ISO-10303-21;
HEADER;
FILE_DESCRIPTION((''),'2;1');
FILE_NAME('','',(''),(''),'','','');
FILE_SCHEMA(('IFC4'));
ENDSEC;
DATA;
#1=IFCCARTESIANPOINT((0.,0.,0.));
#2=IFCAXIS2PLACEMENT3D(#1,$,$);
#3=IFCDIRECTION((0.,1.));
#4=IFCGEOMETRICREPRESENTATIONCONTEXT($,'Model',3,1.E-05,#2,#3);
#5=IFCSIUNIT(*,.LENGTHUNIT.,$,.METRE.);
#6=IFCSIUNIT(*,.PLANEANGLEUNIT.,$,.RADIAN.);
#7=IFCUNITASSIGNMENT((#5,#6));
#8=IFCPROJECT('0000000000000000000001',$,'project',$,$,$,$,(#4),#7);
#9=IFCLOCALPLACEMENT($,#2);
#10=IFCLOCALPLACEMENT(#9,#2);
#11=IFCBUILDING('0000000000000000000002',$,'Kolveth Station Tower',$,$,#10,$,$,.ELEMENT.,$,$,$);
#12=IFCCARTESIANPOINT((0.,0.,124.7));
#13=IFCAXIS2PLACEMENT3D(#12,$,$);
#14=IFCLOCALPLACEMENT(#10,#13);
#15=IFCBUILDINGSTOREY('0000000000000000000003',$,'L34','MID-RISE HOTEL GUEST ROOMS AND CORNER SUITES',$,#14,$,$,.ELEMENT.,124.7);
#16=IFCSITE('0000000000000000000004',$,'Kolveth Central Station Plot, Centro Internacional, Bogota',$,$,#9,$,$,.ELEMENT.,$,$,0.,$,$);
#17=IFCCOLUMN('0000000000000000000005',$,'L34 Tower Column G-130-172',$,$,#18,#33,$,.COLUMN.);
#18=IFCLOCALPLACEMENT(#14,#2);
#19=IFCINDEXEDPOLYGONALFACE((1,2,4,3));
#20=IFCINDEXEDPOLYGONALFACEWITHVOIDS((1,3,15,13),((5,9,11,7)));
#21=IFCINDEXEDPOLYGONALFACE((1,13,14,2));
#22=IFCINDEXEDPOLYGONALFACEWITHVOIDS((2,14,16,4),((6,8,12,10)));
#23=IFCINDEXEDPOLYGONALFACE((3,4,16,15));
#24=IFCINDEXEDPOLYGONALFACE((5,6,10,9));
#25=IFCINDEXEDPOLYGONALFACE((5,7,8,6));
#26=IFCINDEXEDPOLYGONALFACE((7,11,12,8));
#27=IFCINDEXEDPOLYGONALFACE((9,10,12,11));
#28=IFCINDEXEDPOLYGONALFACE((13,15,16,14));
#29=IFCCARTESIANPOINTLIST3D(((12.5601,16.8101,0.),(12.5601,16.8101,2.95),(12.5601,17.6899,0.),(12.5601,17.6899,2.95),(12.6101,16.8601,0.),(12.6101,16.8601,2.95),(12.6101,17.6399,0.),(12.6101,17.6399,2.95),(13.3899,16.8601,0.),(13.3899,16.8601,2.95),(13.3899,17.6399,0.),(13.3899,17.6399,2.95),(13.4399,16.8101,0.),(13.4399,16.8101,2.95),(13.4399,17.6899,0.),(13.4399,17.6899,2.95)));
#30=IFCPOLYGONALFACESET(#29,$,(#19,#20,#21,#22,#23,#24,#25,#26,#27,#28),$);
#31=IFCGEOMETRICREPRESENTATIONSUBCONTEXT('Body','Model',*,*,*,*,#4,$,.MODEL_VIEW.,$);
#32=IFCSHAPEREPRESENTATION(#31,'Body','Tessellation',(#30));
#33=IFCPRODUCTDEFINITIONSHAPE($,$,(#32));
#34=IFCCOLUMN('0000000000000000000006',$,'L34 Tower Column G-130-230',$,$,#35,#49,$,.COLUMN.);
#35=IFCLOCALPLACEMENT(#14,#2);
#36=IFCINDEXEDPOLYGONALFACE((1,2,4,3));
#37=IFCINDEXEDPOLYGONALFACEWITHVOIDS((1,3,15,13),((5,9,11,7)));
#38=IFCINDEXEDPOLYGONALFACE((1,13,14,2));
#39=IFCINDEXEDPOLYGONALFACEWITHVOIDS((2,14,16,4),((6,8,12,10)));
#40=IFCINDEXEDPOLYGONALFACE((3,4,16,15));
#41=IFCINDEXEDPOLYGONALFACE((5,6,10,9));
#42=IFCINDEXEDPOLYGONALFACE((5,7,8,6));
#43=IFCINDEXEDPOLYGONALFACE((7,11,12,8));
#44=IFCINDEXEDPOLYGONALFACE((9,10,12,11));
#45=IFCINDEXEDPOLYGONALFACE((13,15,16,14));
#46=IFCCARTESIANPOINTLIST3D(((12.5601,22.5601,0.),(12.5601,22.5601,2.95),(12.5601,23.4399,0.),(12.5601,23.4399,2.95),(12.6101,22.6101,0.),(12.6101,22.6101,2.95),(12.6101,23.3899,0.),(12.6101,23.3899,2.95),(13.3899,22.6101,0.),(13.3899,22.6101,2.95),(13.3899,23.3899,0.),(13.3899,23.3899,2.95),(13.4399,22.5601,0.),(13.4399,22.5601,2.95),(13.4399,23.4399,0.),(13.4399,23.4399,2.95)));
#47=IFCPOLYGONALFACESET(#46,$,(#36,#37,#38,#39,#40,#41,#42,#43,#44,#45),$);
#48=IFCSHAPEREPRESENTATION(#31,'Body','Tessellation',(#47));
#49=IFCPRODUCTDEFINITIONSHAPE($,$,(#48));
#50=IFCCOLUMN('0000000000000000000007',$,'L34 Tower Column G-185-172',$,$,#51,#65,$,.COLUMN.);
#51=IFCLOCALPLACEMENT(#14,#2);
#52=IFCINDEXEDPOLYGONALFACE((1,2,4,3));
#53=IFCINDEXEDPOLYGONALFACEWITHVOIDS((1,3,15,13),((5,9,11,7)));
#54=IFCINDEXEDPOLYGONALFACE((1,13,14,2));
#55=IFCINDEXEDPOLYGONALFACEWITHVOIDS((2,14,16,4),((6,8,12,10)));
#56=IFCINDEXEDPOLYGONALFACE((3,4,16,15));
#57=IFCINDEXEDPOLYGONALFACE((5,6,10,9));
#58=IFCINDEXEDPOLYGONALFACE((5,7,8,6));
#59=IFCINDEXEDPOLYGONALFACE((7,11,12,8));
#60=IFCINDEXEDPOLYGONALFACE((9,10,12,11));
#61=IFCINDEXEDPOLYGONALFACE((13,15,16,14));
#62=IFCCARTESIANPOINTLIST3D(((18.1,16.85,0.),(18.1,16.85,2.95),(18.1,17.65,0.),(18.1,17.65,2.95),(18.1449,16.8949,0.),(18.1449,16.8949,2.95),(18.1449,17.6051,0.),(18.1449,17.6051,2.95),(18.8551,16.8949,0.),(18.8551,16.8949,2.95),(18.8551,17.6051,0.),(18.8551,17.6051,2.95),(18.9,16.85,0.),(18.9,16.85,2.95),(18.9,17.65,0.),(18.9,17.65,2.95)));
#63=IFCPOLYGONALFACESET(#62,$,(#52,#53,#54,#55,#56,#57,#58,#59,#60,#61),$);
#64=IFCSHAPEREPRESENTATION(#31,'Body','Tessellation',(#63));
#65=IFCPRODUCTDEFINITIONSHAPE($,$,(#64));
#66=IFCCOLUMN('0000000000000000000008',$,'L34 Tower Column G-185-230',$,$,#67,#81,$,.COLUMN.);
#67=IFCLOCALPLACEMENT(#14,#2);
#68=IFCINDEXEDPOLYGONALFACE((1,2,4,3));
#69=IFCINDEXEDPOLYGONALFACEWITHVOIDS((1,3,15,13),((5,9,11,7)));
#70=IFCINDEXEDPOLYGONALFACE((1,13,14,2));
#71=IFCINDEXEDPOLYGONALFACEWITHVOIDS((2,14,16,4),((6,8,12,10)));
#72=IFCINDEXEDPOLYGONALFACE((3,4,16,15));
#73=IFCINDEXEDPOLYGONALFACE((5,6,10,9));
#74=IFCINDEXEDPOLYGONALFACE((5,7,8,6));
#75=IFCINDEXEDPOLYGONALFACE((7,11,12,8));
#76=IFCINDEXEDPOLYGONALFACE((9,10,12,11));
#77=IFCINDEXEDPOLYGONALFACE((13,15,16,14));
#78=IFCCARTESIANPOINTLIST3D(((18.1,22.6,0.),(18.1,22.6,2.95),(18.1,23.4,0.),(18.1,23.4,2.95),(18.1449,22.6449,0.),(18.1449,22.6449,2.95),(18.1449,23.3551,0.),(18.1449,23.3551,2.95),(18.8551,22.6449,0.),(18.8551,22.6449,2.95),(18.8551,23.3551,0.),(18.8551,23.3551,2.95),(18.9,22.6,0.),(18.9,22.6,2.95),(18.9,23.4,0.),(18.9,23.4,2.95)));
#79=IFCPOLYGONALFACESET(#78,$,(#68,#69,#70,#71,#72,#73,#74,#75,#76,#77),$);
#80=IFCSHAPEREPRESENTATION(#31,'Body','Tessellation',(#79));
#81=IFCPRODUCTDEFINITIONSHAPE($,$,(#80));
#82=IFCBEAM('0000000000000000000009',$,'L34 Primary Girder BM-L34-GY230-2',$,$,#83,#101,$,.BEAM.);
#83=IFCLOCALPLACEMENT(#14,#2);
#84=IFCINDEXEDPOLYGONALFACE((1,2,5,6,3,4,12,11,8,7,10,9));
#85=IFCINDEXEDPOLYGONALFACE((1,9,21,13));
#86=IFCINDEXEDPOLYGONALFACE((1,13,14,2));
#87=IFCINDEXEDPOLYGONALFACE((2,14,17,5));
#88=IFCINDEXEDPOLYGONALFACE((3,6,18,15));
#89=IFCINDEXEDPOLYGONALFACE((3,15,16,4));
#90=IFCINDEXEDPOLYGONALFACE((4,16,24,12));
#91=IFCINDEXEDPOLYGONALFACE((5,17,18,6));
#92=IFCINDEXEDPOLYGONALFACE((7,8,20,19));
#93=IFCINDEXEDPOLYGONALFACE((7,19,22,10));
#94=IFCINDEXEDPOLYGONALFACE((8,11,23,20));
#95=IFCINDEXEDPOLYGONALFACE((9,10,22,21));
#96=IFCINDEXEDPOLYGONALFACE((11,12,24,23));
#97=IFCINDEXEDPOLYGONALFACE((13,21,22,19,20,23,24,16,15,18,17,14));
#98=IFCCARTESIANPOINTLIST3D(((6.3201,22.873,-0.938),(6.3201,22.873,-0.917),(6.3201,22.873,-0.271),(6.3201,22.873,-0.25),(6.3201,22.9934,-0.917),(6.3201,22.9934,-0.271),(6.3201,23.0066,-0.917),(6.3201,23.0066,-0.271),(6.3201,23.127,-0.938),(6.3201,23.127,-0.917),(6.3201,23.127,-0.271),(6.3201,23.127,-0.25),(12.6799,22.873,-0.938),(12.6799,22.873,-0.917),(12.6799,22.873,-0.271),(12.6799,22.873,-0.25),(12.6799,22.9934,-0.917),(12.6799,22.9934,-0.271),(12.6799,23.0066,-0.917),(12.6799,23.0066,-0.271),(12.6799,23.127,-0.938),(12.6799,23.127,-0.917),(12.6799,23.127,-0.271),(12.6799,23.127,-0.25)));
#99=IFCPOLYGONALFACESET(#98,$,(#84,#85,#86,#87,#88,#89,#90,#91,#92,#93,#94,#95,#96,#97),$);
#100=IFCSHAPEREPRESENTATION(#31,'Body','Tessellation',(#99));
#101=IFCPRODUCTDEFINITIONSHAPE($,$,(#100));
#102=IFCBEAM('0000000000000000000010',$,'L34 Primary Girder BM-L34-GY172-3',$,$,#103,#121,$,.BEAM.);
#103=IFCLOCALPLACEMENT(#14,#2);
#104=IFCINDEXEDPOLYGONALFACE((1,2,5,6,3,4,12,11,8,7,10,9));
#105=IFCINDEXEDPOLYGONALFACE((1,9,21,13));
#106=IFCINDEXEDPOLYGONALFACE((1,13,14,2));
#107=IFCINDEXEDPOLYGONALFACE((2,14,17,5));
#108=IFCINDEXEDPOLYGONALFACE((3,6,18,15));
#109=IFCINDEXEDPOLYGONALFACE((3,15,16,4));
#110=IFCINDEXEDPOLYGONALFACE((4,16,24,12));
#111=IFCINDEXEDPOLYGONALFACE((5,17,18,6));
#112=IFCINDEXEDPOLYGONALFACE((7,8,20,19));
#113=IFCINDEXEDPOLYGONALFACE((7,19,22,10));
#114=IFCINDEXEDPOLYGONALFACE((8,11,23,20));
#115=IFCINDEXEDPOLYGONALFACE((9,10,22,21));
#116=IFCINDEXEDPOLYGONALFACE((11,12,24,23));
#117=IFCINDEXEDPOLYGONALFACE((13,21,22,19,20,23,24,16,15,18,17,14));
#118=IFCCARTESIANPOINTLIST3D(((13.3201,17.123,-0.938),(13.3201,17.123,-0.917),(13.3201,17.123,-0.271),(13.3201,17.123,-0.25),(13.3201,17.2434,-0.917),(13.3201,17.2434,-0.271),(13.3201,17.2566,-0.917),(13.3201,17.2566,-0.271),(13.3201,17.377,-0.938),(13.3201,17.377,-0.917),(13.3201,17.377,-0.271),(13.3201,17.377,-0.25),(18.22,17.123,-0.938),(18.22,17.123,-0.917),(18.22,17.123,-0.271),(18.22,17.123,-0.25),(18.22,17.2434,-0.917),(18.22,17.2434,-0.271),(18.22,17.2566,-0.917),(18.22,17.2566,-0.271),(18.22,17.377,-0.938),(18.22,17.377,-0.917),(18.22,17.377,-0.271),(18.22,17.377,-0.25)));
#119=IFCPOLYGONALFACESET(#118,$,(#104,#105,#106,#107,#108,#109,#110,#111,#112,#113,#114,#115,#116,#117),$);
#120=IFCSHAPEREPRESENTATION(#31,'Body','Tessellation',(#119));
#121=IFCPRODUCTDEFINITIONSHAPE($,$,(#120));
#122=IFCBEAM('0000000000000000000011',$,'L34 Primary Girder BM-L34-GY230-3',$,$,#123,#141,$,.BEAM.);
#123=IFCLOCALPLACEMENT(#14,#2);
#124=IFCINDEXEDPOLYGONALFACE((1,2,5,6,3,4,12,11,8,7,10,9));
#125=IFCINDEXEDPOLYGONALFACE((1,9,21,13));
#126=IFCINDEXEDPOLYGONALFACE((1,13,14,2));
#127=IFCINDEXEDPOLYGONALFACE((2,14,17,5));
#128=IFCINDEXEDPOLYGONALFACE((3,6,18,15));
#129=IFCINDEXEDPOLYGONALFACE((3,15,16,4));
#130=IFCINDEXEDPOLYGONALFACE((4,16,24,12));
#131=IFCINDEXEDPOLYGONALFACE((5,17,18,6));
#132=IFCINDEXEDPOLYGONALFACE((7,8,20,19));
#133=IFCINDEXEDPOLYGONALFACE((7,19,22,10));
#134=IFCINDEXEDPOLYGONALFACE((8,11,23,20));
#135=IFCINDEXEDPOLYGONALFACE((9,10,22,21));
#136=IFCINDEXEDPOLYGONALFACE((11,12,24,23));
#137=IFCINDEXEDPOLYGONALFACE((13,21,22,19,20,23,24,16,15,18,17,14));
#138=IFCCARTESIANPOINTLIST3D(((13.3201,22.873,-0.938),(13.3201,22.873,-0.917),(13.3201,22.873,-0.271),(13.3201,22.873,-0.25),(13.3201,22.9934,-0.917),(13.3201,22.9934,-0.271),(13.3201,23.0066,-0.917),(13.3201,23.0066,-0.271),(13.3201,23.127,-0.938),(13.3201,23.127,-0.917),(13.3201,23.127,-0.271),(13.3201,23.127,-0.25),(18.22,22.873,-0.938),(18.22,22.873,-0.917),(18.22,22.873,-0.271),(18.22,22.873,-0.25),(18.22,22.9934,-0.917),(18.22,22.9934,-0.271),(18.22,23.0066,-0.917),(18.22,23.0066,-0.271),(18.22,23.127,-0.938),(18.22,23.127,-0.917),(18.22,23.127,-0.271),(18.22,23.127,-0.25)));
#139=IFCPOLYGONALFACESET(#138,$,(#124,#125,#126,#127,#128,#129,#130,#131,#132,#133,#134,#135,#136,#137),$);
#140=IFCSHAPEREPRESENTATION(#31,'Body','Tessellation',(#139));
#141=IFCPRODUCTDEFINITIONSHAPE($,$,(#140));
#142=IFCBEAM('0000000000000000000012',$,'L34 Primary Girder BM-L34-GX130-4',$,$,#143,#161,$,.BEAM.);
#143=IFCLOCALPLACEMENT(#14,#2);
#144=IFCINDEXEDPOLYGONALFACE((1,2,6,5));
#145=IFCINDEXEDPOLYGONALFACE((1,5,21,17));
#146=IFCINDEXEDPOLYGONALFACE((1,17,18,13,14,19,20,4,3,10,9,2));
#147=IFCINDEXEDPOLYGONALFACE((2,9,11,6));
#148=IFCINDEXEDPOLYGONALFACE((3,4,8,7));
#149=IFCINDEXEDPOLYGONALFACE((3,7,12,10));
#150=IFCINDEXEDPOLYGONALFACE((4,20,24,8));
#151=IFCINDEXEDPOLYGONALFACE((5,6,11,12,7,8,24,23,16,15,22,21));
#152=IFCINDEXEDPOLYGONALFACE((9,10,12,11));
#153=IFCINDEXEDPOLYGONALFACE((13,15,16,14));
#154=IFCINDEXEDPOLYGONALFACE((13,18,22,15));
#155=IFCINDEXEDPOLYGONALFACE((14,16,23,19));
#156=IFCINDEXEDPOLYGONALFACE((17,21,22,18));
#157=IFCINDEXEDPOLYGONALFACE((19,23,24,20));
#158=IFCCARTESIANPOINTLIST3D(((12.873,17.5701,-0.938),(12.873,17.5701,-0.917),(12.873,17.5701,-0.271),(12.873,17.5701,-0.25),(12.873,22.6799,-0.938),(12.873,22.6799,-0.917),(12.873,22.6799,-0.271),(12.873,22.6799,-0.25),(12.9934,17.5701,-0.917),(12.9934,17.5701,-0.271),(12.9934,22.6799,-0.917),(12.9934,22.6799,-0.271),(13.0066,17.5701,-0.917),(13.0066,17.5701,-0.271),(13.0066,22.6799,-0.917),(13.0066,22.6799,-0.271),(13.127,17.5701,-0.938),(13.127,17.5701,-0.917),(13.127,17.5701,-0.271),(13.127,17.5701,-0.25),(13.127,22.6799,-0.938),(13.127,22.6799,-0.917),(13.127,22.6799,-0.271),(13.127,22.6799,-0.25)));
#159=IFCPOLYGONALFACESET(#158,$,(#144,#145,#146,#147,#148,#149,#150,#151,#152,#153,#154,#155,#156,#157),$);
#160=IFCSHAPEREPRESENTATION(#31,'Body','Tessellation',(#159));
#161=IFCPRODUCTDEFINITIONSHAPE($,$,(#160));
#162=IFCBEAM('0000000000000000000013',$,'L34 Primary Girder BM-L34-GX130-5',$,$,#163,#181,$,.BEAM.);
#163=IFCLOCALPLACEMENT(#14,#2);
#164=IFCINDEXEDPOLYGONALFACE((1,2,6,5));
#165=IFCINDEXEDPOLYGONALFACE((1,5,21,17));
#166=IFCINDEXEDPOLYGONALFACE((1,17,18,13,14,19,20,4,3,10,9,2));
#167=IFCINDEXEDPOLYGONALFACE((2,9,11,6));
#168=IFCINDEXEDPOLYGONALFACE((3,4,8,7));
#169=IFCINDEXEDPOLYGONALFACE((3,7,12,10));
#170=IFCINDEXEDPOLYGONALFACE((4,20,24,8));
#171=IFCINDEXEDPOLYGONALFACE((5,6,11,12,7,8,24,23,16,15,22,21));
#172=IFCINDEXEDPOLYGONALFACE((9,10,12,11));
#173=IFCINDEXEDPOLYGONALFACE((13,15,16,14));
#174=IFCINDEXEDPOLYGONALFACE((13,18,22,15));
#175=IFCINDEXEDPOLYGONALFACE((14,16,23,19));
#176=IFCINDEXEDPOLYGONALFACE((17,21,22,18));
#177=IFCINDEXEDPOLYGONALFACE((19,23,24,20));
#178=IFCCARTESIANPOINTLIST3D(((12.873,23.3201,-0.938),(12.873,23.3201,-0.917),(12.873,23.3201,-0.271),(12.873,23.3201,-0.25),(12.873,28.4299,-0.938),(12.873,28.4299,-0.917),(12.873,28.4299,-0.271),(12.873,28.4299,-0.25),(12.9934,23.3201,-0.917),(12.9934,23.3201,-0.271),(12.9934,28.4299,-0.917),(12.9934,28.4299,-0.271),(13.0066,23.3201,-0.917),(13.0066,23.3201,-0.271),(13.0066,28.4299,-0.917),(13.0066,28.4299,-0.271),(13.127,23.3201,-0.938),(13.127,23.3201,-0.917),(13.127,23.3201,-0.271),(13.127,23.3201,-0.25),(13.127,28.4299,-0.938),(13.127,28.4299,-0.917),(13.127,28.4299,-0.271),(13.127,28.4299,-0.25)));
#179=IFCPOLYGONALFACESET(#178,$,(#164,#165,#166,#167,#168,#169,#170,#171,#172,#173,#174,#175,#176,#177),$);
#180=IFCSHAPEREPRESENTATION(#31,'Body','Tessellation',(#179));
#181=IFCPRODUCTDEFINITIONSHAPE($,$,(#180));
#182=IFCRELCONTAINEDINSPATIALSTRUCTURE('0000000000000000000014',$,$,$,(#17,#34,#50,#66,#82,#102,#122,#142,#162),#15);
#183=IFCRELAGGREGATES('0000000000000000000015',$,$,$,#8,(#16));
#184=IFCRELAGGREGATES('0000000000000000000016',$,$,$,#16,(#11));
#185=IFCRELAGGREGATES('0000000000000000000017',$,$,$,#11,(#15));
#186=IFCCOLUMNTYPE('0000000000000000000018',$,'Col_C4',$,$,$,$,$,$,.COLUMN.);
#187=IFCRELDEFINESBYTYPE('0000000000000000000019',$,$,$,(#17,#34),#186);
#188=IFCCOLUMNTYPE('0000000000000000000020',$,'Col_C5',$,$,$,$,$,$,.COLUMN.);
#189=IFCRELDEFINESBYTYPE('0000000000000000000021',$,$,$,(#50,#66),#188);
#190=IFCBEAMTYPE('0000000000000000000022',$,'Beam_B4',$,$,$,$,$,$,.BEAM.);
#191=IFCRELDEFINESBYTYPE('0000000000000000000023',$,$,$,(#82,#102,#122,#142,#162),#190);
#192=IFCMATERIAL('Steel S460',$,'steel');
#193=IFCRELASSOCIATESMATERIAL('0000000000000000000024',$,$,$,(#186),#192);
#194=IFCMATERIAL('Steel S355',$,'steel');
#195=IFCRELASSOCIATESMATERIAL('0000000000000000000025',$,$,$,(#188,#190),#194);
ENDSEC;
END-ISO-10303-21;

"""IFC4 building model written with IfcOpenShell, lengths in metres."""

from ifc_helpers import new_model, si_unit, direction, frame, origin, origin_2d, place, context, subcontext, project, spatial, hollow_rectangle, i_section, extrude, source, transform, mapped, material, material_profile, profile_set, type_object, element, save


model = new_model("IFC4")

# Units and contexts
model_context = context("Model", 3, precision=1e-05, world=origin(), true_north=direction((0.0, 1.0)))
body_context = subcontext(model_context, "Body", "Model", "MODEL_VIEW")
ifc_project = project(units=[si_unit("LENGTHUNIT", "METRE"), si_unit("PLANEANGLEUNIT", "RADIAN")], contexts=[model_context])

# Site, building, storey
site_placement = place(None, origin())
site = spatial("IfcSite", under=ifc_project, at=site_placement, Name="Kolveth Central Station Plot, Centro Internacional, Bogota", CompositionType="ELEMENT", RefElevation=0.0)
building_placement = place(site_placement, origin())
building = spatial("IfcBuilding", under=site, at=building_placement, Name="Kolveth Station Tower", CompositionType="ELEMENT")
storey_placement = place(building_placement, frame((0.0, 0.0, 124.7)))
storey = spatial("IfcBuildingStorey", under=building, at=storey_placement, Name="L34", Description="MID-RISE HOTEL GUEST ROOMS AND CORNER SUITES", CompositionType="ELEMENT", Elevation=124.7)

# Columns
ifc_material_1 = material(Name="Steel S460", Category="steel")
ifc_material_profile_1 = material_profile(ifc_material_1, hollow_rectangle(XDim=0.8799, YDim=0.8799, WallThickness=0.05, at=origin_2d()), Name="BOX880x880x50")
ifc_profile_set_1 = profile_set([ifc_material_profile_1], Name="Steel S460")
column_type_1 = type_object("IfcColumnType", Name="Col_C4", PredefinedType="COLUMN", material=ifc_profile_set_1)
shared_shape_1 = source(origin(), body_context, "Body", "SweptSolid", [
    extrude(hollow_rectangle(XDim=0.8799, YDim=0.8799, WallThickness=0.05, at=origin_2d()), origin(), (0.0, 0.0, 1.0), 2.95),
])
for number, where, z_axis, x_axis, name in (
    (1, (13.0, 17.25, 0.0), (0.0, 0.0, 1.0), (1.0, 0.0, 0.0), "L34 Tower Column G-130-172"),
    (2, (13.0, 23.0, 0.0), (0.0, 0.0, 1.0), (1.0, 0.0, 0.0), "L34 Tower Column G-130-230"),
):
    element("IfcColumn", number, at=place(storey_placement, frame(where, z_axis=z_axis, x_axis=x_axis)), inside=storey, type_object=column_type_1, Name=name, PredefinedType="COLUMN", context=body_context, shape_type="MappedRepresentation", body=[
        mapped(shared_shape_1, transform((0.0, 0.0, 0.0), x_axis=(1.0, 0.0, 0.0), y_axis=(0.0, 1.0, 0.0), z_axis=(0.0, 0.0, 1.0), scale=1.0)),
    ])
ifc_material_2 = material(Name="Steel S355", Category="steel")
ifc_material_profile_2 = material_profile(ifc_material_2, hollow_rectangle(XDim=0.8, YDim=0.8, WallThickness=0.0449, at=origin_2d()), Name="BOX800x800x45")
ifc_profile_set_2 = profile_set([ifc_material_profile_2], Name="Steel S355")
column_type_2 = type_object("IfcColumnType", Name="Col_C5", PredefinedType="COLUMN", material=ifc_profile_set_2)
shared_shape_2 = source(origin(), body_context, "Body", "SweptSolid", [
    extrude(hollow_rectangle(XDim=0.8, YDim=0.8, WallThickness=0.0449, at=origin_2d()), origin(), (0.0, 0.0, 1.0), 2.95),
])
for number, where, z_axis, x_axis, name in (
    (3, (18.5, 17.25, 0.0), (0.0, 0.0, 1.0), (1.0, 0.0, 0.0), "L34 Tower Column G-185-172"),
    (4, (18.5, 23.0, 0.0), (0.0, 0.0, 1.0), (1.0, 0.0, 0.0), "L34 Tower Column G-185-230"),
):
    element("IfcColumn", number, at=place(storey_placement, frame(where, z_axis=z_axis, x_axis=x_axis)), inside=storey, type_object=column_type_2, Name=name, PredefinedType="COLUMN", context=body_context, shape_type="MappedRepresentation", body=[
        mapped(shared_shape_2, transform((0.0, 0.0, 0.0), x_axis=(1.0, 0.0, 0.0), y_axis=(0.0, 1.0, 0.0), z_axis=(0.0, 0.0, 1.0), scale=1.0)),
    ])

# Beams
ifc_material_profile_3 = material_profile(ifc_material_2, i_section(OverallWidth=0.2539, OverallDepth=0.688, WebThickness=0.0132, FlangeThickness=0.021, at=origin_2d()), Name="W690x152")
ifc_profile_set_3 = profile_set([ifc_material_profile_3], Name="Steel S355")
beam_type_1 = type_object("IfcBeamType", Name="Beam_B4", PredefinedType="BEAM", material=ifc_profile_set_3)
shared_shape_3 = source(origin(), body_context, "Body", "SweptSolid", [
    extrude(i_section(OverallWidth=0.2539, OverallDepth=0.688, WebThickness=0.0132, FlangeThickness=0.021, at=origin_2d()), origin(), (0.0, 0.0, 1.0), 6.3599),
])
beam_1_placement = place(storey_placement, frame((6.3201, 23.0, -0.594), z_axis=(1.0, 0.0, 0.0), x_axis=(0.0, 1.0, 0.0)))
element("IfcBeam", 5, at=beam_1_placement, inside=storey, type_object=beam_type_1, Name="L34 Primary Girder BM-L34-GY230-2", PredefinedType="BEAM", context=body_context, shape_type="MappedRepresentation", body=[
    mapped(shared_shape_3, transform((0.0, 0.0, 0.0), x_axis=(1.0, 0.0, 0.0), y_axis=(0.0, 1.0, 0.0), z_axis=(0.0, 0.0, 1.0), scale=1.0)),
])
shared_shape_4 = source(origin(), body_context, "Body", "SweptSolid", [
    extrude(i_section(OverallWidth=0.2539, OverallDepth=0.688, WebThickness=0.0132, FlangeThickness=0.021, at=origin_2d()), origin(), (0.0, 0.0, 1.0), 4.8999),
])
for number, where, z_axis, x_axis, name in (
    (6, (13.3201, 17.25, -0.594), (1.0, 0.0, 0.0), (0.0, 1.0, 0.0), "L34 Primary Girder BM-L34-GY172-3"),
    (7, (13.3201, 23.0, -0.594), (1.0, 0.0, 0.0), (0.0, 1.0, 0.0), "L34 Primary Girder BM-L34-GY230-3"),
):
    element("IfcBeam", number, at=place(storey_placement, frame(where, z_axis=z_axis, x_axis=x_axis)), inside=storey, type_object=beam_type_1, Name=name, PredefinedType="BEAM", context=body_context, shape_type="MappedRepresentation", body=[
        mapped(shared_shape_4, transform((0.0, 0.0, 0.0), x_axis=(1.0, 0.0, 0.0), y_axis=(0.0, 1.0, 0.0), z_axis=(0.0, 0.0, 1.0), scale=1.0)),
    ])
shared_shape_5 = source(origin(), body_context, "Body", "SweptSolid", [
    extrude(i_section(OverallWidth=0.2539, OverallDepth=0.688, WebThickness=0.0132, FlangeThickness=0.021, at=origin_2d()), origin(), (0.0, 0.0, 1.0), 5.1099),
])
for number, where, z_axis, x_axis, name in (
    (8, (13.0, 17.5701, -0.594), (0.0, 1.0, 0.0), (-1.0, 0.0, 0.0), "L34 Primary Girder BM-L34-GX130-4"),
    (9, (13.0, 23.3201, -0.594), (0.0, 1.0, 0.0), (-1.0, 0.0, 0.0), "L34 Primary Girder BM-L34-GX130-5"),
):
    element("IfcBeam", number, at=place(storey_placement, frame(where, z_axis=z_axis, x_axis=x_axis)), inside=storey, type_object=beam_type_1, Name=name, PredefinedType="BEAM", context=body_context, shape_type="MappedRepresentation", body=[
        mapped(shared_shape_5, transform((0.0, 0.0, 0.0), x_axis=(1.0, 0.0, 0.0), y_axis=(0.0, 1.0, 0.0), z_axis=(0.0, 0.0, 1.0), scale=1.0)),
    ])

save(model, "model.ifc")
